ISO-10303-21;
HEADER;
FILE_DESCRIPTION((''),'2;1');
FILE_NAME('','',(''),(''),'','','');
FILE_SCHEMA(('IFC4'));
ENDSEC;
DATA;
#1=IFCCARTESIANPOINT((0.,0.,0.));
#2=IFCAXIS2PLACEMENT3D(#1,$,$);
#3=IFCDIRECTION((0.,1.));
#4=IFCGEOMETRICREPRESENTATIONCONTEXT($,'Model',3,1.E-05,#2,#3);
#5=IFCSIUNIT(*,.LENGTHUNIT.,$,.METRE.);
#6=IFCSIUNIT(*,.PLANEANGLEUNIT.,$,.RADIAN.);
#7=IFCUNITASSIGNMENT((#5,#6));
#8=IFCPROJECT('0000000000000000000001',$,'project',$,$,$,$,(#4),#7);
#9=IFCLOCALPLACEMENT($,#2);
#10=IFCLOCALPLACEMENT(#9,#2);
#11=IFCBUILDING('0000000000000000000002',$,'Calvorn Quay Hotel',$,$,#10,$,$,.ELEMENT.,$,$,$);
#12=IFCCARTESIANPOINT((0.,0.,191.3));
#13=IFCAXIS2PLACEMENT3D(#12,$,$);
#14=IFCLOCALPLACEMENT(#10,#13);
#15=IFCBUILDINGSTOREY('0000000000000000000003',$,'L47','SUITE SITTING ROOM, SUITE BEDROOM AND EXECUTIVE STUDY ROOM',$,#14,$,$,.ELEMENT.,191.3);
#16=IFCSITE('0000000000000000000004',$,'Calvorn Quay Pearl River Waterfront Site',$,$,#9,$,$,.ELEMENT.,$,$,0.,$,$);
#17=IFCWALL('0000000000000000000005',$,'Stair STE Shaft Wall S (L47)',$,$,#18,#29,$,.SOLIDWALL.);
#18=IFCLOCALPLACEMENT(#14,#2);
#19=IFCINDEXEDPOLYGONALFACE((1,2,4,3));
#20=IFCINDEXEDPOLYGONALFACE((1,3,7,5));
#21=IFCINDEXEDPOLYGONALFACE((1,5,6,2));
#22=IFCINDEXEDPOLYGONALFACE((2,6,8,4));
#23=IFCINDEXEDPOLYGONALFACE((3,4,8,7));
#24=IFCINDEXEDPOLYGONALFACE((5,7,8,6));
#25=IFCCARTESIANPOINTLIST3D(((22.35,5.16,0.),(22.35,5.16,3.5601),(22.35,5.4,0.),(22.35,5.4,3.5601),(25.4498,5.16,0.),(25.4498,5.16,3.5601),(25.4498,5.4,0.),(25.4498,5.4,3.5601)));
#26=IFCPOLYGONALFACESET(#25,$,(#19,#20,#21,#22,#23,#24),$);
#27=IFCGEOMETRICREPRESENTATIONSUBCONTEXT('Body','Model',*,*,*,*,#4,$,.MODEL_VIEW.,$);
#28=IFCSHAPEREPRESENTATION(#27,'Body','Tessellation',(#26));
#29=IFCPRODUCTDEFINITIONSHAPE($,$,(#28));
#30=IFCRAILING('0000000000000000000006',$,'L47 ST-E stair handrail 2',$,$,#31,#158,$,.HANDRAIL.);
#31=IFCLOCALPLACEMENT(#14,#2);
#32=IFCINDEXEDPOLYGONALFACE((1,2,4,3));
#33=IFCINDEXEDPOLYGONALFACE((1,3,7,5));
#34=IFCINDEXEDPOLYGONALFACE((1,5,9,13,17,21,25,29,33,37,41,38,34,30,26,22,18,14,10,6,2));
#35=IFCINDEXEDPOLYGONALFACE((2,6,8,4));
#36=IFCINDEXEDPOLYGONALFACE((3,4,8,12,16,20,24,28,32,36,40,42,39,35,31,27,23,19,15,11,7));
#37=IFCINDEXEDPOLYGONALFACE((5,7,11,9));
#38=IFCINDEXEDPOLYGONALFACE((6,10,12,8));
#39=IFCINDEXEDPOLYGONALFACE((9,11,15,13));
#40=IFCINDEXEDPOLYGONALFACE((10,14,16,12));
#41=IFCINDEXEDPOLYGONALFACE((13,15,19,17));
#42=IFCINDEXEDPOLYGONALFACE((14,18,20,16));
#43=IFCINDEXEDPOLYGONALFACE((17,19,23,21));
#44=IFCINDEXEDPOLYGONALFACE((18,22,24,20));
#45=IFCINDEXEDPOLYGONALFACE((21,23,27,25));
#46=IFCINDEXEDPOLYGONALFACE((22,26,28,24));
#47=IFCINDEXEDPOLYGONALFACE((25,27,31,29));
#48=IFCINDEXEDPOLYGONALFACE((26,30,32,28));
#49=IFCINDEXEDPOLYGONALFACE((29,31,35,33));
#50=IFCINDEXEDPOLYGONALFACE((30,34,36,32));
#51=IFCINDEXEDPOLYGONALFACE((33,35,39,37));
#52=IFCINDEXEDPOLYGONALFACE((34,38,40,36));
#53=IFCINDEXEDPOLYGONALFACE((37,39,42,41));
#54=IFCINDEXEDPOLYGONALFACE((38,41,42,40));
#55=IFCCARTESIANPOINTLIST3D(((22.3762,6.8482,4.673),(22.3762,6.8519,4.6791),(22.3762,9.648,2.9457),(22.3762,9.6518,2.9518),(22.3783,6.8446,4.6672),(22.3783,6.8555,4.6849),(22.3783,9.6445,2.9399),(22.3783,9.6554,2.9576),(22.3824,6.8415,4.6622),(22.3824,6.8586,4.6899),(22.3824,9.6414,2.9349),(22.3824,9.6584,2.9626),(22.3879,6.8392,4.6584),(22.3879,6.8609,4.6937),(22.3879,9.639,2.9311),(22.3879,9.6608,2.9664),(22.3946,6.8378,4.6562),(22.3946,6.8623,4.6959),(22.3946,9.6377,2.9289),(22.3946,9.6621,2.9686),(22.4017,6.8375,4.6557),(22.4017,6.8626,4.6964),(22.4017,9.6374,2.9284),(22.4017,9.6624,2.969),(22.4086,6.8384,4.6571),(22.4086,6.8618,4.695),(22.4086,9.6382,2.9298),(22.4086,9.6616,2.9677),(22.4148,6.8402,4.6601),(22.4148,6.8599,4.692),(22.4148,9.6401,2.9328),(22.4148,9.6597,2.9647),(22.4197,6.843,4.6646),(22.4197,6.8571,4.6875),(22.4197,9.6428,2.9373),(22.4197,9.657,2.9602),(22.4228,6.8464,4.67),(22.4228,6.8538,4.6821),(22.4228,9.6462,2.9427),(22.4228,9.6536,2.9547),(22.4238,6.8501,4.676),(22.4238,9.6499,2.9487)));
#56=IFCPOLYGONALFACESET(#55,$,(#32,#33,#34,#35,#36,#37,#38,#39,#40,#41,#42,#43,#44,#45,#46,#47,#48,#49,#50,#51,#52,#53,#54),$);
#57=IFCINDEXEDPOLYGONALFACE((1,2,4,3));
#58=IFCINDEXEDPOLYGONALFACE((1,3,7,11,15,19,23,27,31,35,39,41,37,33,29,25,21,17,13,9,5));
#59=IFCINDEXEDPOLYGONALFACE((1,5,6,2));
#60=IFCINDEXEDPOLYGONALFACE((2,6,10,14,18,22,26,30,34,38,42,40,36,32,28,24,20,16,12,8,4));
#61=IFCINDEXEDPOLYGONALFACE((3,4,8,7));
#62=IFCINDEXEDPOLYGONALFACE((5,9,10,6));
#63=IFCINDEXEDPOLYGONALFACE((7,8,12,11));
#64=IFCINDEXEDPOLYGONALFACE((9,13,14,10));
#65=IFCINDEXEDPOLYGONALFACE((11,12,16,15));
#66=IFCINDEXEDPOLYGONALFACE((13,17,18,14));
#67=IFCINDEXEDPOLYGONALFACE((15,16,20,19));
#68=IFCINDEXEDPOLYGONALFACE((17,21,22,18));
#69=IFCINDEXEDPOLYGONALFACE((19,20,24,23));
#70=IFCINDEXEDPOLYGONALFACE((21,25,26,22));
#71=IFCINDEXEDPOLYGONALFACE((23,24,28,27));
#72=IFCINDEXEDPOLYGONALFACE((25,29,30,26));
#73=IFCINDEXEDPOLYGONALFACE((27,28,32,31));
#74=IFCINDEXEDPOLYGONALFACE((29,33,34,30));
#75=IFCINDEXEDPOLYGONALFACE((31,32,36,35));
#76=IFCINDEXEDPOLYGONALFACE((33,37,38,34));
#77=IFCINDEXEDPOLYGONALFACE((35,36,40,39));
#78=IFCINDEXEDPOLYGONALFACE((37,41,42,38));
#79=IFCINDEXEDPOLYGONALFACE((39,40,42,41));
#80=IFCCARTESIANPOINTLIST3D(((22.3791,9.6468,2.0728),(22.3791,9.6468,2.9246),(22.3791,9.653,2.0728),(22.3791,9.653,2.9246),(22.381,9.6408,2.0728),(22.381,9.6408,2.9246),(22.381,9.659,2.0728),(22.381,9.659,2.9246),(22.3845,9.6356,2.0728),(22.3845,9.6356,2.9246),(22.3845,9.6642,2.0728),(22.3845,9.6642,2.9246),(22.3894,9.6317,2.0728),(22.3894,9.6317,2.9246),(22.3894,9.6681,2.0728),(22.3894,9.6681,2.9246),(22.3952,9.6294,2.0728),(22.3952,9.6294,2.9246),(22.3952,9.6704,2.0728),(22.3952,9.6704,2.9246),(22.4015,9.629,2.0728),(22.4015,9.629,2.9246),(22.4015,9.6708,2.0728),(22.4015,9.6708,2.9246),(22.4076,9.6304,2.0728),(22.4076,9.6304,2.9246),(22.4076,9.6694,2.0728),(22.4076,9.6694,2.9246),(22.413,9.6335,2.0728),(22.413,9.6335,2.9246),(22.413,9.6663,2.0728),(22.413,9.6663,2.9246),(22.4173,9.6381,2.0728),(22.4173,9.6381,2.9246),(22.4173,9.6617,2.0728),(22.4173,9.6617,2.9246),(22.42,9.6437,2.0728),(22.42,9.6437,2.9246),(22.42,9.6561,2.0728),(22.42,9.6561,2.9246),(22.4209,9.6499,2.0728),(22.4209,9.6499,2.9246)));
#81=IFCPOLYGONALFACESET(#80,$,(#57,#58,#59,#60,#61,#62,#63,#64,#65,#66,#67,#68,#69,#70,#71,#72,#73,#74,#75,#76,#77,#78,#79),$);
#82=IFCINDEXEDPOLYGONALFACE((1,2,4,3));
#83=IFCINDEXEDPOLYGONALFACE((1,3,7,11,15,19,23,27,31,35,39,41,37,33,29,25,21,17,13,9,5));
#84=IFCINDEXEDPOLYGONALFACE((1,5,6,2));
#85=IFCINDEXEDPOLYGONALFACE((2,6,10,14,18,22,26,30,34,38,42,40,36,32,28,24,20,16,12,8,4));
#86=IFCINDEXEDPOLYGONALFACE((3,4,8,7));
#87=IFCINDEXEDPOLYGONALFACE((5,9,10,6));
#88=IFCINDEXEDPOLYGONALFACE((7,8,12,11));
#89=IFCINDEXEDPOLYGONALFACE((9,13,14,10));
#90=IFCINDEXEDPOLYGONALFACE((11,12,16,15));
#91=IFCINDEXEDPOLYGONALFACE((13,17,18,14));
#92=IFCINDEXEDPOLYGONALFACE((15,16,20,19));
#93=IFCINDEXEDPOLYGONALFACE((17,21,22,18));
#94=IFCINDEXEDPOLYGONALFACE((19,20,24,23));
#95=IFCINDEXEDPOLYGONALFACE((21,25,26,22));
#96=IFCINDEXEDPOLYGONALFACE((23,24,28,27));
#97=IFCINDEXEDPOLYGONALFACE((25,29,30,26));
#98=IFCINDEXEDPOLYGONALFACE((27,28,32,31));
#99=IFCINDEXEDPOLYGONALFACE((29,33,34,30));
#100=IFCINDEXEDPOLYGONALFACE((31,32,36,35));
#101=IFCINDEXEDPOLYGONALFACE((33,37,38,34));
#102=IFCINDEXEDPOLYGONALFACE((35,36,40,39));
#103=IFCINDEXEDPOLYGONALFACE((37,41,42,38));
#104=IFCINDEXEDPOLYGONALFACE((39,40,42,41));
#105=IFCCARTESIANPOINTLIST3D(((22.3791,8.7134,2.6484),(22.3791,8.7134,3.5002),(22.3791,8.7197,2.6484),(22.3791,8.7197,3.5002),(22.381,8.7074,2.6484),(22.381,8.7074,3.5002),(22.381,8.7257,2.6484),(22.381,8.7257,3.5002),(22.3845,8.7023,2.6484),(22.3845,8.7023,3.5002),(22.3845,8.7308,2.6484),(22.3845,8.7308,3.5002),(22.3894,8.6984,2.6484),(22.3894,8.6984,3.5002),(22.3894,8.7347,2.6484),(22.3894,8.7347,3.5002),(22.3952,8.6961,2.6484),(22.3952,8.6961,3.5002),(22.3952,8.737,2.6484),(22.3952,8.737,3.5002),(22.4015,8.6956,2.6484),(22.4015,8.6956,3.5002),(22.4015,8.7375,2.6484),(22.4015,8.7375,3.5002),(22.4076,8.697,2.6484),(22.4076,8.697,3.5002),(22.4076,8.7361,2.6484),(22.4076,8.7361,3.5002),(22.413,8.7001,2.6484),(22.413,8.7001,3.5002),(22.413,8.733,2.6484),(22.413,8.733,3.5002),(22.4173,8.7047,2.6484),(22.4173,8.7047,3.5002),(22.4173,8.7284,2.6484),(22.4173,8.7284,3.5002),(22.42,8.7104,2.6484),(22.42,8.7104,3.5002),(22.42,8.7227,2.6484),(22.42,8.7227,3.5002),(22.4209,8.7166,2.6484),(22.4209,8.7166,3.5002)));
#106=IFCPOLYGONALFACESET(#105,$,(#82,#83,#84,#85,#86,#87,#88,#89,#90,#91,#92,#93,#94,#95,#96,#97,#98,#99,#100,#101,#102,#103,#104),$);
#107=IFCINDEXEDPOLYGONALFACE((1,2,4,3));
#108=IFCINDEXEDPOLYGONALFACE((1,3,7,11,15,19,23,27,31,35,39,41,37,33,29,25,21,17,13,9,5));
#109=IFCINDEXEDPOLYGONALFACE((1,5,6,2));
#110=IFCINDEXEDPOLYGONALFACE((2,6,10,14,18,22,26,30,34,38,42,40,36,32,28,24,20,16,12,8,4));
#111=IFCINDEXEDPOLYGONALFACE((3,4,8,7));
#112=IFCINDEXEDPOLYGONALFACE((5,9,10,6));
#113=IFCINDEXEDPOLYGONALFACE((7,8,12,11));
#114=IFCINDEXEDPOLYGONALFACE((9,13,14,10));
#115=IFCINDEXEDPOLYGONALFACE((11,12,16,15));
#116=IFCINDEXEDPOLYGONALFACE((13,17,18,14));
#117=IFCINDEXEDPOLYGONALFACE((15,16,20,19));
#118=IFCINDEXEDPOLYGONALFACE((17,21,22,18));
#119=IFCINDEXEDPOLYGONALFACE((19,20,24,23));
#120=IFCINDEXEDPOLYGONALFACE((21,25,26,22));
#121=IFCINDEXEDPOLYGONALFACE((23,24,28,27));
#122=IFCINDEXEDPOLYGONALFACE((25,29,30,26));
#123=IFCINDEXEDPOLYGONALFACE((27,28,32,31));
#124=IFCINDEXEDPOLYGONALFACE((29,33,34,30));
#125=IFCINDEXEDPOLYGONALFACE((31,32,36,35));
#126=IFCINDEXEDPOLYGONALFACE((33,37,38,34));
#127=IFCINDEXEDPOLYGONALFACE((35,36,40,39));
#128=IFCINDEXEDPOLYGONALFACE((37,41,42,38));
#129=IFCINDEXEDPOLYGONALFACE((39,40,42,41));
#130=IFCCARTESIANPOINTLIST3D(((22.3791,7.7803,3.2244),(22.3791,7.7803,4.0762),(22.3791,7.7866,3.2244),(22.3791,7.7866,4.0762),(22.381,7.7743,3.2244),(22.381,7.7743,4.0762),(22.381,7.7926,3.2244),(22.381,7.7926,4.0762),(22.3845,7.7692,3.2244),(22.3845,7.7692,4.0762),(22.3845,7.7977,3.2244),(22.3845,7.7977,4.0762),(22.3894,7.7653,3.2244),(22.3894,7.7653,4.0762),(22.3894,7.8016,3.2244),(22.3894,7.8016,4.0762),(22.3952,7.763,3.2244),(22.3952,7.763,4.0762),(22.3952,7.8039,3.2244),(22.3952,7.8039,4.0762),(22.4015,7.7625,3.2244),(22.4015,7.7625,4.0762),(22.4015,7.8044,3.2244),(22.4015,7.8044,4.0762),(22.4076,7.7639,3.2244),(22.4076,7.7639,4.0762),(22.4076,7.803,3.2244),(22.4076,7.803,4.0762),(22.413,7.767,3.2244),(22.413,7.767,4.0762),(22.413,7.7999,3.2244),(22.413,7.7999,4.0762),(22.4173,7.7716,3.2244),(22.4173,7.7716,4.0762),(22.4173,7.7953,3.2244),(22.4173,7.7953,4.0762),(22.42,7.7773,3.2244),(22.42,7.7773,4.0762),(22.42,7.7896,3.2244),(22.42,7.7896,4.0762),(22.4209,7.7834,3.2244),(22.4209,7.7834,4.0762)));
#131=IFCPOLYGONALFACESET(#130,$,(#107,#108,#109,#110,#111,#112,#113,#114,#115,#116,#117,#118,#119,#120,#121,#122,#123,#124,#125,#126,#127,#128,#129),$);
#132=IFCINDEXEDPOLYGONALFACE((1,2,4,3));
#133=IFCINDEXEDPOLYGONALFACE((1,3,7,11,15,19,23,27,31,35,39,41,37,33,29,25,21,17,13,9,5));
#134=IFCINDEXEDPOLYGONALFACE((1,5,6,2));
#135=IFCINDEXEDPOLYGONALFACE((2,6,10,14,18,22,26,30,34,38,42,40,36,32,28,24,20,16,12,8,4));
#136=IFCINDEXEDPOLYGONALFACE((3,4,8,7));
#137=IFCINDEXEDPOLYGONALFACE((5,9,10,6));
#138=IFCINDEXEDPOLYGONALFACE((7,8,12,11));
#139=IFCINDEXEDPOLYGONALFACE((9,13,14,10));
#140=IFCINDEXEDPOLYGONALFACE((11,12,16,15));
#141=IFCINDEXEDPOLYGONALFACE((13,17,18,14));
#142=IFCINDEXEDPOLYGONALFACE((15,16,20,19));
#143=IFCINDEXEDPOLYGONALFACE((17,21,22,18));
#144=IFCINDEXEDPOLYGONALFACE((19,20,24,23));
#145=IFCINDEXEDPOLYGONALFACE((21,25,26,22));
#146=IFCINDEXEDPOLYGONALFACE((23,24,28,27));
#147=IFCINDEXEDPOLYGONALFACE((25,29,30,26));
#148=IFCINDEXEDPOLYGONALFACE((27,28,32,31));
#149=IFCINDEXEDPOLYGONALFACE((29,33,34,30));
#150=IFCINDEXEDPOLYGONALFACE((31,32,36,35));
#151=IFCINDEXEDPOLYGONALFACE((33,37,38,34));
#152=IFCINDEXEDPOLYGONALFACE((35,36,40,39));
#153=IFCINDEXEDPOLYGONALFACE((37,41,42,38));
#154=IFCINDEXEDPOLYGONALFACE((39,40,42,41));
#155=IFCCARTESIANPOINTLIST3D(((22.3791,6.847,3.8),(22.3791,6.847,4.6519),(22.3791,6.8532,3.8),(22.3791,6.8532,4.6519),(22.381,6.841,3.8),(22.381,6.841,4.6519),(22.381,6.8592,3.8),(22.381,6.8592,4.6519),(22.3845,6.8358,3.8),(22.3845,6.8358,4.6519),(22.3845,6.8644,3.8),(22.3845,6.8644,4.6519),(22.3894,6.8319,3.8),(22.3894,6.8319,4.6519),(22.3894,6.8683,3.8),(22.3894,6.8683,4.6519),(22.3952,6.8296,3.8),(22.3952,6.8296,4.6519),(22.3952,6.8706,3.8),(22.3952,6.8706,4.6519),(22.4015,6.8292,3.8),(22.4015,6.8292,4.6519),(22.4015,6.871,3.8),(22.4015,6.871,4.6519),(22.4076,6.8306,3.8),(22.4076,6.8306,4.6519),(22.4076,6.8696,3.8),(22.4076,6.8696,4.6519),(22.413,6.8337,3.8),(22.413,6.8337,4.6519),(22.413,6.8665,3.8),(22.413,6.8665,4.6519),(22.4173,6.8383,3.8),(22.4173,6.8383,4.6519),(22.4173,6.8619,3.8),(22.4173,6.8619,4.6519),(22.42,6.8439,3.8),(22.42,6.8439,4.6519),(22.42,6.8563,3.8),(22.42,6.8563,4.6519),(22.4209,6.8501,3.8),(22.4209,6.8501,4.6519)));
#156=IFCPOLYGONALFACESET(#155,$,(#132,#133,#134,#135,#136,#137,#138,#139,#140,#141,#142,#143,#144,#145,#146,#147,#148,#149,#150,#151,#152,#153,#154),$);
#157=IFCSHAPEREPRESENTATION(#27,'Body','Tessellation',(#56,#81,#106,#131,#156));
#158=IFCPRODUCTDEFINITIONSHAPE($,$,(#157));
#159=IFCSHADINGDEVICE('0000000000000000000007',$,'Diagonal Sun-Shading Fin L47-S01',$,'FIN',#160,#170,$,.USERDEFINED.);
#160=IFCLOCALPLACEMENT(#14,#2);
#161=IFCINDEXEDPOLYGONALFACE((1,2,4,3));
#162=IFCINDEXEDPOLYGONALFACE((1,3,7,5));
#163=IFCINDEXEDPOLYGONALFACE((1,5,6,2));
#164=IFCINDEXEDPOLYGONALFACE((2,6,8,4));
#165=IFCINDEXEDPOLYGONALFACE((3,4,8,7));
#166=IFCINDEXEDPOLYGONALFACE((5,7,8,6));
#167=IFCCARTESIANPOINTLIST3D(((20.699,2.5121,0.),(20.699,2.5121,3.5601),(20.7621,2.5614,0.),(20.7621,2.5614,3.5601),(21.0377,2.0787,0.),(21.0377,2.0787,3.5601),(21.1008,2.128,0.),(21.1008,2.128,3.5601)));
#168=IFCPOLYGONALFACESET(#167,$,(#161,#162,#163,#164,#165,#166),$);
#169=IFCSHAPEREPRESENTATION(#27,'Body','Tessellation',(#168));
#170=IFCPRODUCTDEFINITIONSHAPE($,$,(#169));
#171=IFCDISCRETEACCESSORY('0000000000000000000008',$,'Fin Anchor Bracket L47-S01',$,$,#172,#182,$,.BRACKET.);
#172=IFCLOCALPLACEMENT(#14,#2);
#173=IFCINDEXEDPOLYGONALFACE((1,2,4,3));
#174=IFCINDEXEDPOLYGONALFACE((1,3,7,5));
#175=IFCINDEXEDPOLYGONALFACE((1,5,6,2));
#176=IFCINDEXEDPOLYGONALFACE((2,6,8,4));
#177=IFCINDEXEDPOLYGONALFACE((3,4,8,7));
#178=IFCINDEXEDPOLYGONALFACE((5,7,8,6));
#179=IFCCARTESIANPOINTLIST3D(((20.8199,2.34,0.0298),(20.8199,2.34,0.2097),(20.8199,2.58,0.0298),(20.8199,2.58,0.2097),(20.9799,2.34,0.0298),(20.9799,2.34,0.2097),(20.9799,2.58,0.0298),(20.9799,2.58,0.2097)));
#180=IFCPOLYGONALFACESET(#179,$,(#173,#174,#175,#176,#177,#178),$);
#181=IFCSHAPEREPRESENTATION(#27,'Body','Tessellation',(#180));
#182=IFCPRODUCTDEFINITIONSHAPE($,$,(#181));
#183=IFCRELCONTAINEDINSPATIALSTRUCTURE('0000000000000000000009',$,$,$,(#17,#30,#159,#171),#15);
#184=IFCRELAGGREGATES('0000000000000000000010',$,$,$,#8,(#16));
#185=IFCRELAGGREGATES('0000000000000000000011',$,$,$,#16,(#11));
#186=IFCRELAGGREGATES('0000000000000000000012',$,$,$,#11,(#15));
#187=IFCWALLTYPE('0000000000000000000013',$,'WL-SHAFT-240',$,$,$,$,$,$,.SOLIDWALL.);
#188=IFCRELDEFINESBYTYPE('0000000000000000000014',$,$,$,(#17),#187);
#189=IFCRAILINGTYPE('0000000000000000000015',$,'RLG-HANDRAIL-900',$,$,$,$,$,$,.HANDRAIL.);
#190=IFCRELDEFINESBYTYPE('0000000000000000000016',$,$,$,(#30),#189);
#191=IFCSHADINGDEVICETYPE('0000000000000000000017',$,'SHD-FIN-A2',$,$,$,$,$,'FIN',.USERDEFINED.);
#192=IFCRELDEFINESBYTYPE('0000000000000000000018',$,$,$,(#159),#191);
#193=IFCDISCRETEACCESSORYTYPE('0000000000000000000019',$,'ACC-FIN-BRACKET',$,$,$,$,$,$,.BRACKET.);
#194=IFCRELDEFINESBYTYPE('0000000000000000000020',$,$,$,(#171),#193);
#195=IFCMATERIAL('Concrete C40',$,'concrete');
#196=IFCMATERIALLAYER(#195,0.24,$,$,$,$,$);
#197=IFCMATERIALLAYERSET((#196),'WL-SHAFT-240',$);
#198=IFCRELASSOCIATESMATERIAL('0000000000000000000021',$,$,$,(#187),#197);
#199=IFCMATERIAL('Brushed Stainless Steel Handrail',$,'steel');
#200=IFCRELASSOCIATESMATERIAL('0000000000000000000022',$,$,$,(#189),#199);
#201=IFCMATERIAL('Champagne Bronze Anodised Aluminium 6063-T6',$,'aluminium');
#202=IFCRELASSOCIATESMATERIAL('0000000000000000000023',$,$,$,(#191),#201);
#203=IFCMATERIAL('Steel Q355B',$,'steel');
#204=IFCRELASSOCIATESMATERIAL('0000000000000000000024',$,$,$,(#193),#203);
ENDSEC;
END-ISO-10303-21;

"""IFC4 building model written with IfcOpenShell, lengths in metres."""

from ifc_helpers import new_model, si_unit, direction, frame, frame_2d, origin, origin_2d, place, context, subcontext, project, spatial, rectangle, circle, extrude, material, layer, layer_set, type_object, element, save


model = new_model("IFC4")

# Units and contexts
model_context = context("Model", 3, precision=1e-05, world=origin(), true_north=direction((0.0, 1.0)))
body_context = subcontext(model_context, "Body", "Model", "MODEL_VIEW")
ifc_project = project(units=[si_unit("LENGTHUNIT", "METRE"), si_unit("PLANEANGLEUNIT", "RADIAN")], contexts=[model_context])

# Site, building, storey
site_placement = place(None, origin())
site = spatial("IfcSite", under=ifc_project, at=site_placement, Name="Calvorn Quay Pearl River Waterfront Site", CompositionType="ELEMENT", RefElevation=0.0)
building_placement = place(site_placement, origin())
building = spatial("IfcBuilding", under=site, at=building_placement, Name="Calvorn Quay Hotel", CompositionType="ELEMENT")
storey_placement = place(building_placement, frame((0.0, 0.0, 191.3)))
storey = spatial("IfcBuildingStorey", under=building, at=storey_placement, Name="L47", Description="SUITE SITTING ROOM, SUITE BEDROOM AND EXECUTIVE STUDY ROOM", CompositionType="ELEMENT", Elevation=191.3)

# Wall
ifc_material_1 = material(Name="Concrete C40", Category="concrete")
ifc_layer_1 = layer(ifc_material_1, 0.24)
ifc_layer_set_1 = layer_set([ifc_layer_1], Name="WL-SHAFT-240")
wall_type_1 = type_object("IfcWallType", Name="WL-SHAFT-240", PredefinedType="SOLIDWALL", material=ifc_layer_set_1)
wall_1_placement = place(storey_placement, frame((22.3501, 5.28, 0.0), z_axis=(0.0, 0.0, 1.0), x_axis=(1.0, 0.0, 0.0)))
element("IfcWall", 1, at=wall_1_placement, inside=storey, type_object=wall_type_1, Name="Stair STE Shaft Wall S (L47)", PredefinedType="SOLIDWALL", context=body_context, shape_type="SweptSolid", body=[
    extrude(rectangle(XDim=3.0999, YDim=0.24, at=frame_2d((1.5498, 0.0))), origin(), (0.0, 0.0, 1.0), 3.5601),
])

# Railing
ifc_material_2 = material(Name="Brushed Stainless Steel Handrail", Category="steel")
railing_type = type_object("IfcRailingType", Name="RLG-HANDRAIL-900", PredefinedType="HANDRAIL", material=ifc_material_2)
railing_placement = place(storey_placement, frame((22.3999, 9.6499, 2.0728)))
element("IfcRailing", 2, at=railing_placement, inside=storey, type_object=railing_type, Name="L47 ST-E stair handrail 2", PredefinedType="HANDRAIL", context=body_context, shape_type="SweptSolid", body=[
    extrude(circle(Radius=0.0239, at=origin_2d()), frame((0.0, 0.0, 0.876), z_axis=(0.0, -0.851069, 0.525054), x_axis=(1.0, 0.0, 0.0)), (0.0, 0.0, 1.0), 3.2898),
    extrude(circle(Radius=0.021, at=origin_2d()), origin(), (0.0, 0.0, 1.0), 0.8518),
    extrude(circle(Radius=0.021, at=origin_2d()), frame((0.0, -0.9333, 0.5757)), (0.0, 0.0, 1.0), 0.8518),
    extrude(circle(Radius=0.021, at=origin_2d()), frame((0.0, -1.8665, 1.1516)), (0.0, 0.0, 1.0), 0.8518),
    extrude(circle(Radius=0.021, at=origin_2d()), frame((0.0, -2.7998, 1.7273)), (0.0, 0.0, 1.0), 0.8518),
])

# Shading device
ifc_material_3 = material(Name="Champagne Bronze Anodised Aluminium 6063-T6", Category="aluminium")
shading_device_type = type_object("IfcShadingDeviceType", Name="SHD-FIN-A2", ElementType="FIN", PredefinedType="USERDEFINED", material=ifc_material_3)
shading_device_placement = place(storey_placement, frame((20.8999, 2.3201, 0.0), z_axis=(0.0, 0.0, 1.0), x_axis=(-0.615661, 0.788011, 0.0)))
element("IfcShadingDevice", 3, at=shading_device_placement, inside=storey, type_object=shading_device_type, Name="Diagonal Sun-Shading Fin L47-S01", ObjectType="FIN", PredefinedType="USERDEFINED", context=body_context, shape_type="SweptSolid", body=[
    extrude(rectangle(XDim=0.55, YDim=0.0801, at=origin_2d()), origin(), (0.0, 0.0, 1.0), 3.5601),
])

# Discrete accessory
ifc_material_4 = material(Name="Steel Q355B", Category="steel")
discrete_accessory_type = type_object("IfcDiscreteAccessoryType", Name="ACC-FIN-BRACKET", PredefinedType="BRACKET", material=ifc_material_4)
discrete_accessory_placement = place(storey_placement, frame((20.8999, 2.46, 0.0298), z_axis=(0.0, 0.0, 1.0), x_axis=(0.0, 1.0, 0.0)))
element("IfcDiscreteAccessory", 4, at=discrete_accessory_placement, inside=storey, type_object=discrete_accessory_type, Name="Fin Anchor Bracket L47-S01", PredefinedType="BRACKET", context=body_context, shape_type="SweptSolid", body=[
    extrude(rectangle(XDim=0.24, YDim=0.1599, at=origin_2d()), origin(), (0.0, 0.0, 1.0), 0.1799),
])

save(model, "model.ifc")
